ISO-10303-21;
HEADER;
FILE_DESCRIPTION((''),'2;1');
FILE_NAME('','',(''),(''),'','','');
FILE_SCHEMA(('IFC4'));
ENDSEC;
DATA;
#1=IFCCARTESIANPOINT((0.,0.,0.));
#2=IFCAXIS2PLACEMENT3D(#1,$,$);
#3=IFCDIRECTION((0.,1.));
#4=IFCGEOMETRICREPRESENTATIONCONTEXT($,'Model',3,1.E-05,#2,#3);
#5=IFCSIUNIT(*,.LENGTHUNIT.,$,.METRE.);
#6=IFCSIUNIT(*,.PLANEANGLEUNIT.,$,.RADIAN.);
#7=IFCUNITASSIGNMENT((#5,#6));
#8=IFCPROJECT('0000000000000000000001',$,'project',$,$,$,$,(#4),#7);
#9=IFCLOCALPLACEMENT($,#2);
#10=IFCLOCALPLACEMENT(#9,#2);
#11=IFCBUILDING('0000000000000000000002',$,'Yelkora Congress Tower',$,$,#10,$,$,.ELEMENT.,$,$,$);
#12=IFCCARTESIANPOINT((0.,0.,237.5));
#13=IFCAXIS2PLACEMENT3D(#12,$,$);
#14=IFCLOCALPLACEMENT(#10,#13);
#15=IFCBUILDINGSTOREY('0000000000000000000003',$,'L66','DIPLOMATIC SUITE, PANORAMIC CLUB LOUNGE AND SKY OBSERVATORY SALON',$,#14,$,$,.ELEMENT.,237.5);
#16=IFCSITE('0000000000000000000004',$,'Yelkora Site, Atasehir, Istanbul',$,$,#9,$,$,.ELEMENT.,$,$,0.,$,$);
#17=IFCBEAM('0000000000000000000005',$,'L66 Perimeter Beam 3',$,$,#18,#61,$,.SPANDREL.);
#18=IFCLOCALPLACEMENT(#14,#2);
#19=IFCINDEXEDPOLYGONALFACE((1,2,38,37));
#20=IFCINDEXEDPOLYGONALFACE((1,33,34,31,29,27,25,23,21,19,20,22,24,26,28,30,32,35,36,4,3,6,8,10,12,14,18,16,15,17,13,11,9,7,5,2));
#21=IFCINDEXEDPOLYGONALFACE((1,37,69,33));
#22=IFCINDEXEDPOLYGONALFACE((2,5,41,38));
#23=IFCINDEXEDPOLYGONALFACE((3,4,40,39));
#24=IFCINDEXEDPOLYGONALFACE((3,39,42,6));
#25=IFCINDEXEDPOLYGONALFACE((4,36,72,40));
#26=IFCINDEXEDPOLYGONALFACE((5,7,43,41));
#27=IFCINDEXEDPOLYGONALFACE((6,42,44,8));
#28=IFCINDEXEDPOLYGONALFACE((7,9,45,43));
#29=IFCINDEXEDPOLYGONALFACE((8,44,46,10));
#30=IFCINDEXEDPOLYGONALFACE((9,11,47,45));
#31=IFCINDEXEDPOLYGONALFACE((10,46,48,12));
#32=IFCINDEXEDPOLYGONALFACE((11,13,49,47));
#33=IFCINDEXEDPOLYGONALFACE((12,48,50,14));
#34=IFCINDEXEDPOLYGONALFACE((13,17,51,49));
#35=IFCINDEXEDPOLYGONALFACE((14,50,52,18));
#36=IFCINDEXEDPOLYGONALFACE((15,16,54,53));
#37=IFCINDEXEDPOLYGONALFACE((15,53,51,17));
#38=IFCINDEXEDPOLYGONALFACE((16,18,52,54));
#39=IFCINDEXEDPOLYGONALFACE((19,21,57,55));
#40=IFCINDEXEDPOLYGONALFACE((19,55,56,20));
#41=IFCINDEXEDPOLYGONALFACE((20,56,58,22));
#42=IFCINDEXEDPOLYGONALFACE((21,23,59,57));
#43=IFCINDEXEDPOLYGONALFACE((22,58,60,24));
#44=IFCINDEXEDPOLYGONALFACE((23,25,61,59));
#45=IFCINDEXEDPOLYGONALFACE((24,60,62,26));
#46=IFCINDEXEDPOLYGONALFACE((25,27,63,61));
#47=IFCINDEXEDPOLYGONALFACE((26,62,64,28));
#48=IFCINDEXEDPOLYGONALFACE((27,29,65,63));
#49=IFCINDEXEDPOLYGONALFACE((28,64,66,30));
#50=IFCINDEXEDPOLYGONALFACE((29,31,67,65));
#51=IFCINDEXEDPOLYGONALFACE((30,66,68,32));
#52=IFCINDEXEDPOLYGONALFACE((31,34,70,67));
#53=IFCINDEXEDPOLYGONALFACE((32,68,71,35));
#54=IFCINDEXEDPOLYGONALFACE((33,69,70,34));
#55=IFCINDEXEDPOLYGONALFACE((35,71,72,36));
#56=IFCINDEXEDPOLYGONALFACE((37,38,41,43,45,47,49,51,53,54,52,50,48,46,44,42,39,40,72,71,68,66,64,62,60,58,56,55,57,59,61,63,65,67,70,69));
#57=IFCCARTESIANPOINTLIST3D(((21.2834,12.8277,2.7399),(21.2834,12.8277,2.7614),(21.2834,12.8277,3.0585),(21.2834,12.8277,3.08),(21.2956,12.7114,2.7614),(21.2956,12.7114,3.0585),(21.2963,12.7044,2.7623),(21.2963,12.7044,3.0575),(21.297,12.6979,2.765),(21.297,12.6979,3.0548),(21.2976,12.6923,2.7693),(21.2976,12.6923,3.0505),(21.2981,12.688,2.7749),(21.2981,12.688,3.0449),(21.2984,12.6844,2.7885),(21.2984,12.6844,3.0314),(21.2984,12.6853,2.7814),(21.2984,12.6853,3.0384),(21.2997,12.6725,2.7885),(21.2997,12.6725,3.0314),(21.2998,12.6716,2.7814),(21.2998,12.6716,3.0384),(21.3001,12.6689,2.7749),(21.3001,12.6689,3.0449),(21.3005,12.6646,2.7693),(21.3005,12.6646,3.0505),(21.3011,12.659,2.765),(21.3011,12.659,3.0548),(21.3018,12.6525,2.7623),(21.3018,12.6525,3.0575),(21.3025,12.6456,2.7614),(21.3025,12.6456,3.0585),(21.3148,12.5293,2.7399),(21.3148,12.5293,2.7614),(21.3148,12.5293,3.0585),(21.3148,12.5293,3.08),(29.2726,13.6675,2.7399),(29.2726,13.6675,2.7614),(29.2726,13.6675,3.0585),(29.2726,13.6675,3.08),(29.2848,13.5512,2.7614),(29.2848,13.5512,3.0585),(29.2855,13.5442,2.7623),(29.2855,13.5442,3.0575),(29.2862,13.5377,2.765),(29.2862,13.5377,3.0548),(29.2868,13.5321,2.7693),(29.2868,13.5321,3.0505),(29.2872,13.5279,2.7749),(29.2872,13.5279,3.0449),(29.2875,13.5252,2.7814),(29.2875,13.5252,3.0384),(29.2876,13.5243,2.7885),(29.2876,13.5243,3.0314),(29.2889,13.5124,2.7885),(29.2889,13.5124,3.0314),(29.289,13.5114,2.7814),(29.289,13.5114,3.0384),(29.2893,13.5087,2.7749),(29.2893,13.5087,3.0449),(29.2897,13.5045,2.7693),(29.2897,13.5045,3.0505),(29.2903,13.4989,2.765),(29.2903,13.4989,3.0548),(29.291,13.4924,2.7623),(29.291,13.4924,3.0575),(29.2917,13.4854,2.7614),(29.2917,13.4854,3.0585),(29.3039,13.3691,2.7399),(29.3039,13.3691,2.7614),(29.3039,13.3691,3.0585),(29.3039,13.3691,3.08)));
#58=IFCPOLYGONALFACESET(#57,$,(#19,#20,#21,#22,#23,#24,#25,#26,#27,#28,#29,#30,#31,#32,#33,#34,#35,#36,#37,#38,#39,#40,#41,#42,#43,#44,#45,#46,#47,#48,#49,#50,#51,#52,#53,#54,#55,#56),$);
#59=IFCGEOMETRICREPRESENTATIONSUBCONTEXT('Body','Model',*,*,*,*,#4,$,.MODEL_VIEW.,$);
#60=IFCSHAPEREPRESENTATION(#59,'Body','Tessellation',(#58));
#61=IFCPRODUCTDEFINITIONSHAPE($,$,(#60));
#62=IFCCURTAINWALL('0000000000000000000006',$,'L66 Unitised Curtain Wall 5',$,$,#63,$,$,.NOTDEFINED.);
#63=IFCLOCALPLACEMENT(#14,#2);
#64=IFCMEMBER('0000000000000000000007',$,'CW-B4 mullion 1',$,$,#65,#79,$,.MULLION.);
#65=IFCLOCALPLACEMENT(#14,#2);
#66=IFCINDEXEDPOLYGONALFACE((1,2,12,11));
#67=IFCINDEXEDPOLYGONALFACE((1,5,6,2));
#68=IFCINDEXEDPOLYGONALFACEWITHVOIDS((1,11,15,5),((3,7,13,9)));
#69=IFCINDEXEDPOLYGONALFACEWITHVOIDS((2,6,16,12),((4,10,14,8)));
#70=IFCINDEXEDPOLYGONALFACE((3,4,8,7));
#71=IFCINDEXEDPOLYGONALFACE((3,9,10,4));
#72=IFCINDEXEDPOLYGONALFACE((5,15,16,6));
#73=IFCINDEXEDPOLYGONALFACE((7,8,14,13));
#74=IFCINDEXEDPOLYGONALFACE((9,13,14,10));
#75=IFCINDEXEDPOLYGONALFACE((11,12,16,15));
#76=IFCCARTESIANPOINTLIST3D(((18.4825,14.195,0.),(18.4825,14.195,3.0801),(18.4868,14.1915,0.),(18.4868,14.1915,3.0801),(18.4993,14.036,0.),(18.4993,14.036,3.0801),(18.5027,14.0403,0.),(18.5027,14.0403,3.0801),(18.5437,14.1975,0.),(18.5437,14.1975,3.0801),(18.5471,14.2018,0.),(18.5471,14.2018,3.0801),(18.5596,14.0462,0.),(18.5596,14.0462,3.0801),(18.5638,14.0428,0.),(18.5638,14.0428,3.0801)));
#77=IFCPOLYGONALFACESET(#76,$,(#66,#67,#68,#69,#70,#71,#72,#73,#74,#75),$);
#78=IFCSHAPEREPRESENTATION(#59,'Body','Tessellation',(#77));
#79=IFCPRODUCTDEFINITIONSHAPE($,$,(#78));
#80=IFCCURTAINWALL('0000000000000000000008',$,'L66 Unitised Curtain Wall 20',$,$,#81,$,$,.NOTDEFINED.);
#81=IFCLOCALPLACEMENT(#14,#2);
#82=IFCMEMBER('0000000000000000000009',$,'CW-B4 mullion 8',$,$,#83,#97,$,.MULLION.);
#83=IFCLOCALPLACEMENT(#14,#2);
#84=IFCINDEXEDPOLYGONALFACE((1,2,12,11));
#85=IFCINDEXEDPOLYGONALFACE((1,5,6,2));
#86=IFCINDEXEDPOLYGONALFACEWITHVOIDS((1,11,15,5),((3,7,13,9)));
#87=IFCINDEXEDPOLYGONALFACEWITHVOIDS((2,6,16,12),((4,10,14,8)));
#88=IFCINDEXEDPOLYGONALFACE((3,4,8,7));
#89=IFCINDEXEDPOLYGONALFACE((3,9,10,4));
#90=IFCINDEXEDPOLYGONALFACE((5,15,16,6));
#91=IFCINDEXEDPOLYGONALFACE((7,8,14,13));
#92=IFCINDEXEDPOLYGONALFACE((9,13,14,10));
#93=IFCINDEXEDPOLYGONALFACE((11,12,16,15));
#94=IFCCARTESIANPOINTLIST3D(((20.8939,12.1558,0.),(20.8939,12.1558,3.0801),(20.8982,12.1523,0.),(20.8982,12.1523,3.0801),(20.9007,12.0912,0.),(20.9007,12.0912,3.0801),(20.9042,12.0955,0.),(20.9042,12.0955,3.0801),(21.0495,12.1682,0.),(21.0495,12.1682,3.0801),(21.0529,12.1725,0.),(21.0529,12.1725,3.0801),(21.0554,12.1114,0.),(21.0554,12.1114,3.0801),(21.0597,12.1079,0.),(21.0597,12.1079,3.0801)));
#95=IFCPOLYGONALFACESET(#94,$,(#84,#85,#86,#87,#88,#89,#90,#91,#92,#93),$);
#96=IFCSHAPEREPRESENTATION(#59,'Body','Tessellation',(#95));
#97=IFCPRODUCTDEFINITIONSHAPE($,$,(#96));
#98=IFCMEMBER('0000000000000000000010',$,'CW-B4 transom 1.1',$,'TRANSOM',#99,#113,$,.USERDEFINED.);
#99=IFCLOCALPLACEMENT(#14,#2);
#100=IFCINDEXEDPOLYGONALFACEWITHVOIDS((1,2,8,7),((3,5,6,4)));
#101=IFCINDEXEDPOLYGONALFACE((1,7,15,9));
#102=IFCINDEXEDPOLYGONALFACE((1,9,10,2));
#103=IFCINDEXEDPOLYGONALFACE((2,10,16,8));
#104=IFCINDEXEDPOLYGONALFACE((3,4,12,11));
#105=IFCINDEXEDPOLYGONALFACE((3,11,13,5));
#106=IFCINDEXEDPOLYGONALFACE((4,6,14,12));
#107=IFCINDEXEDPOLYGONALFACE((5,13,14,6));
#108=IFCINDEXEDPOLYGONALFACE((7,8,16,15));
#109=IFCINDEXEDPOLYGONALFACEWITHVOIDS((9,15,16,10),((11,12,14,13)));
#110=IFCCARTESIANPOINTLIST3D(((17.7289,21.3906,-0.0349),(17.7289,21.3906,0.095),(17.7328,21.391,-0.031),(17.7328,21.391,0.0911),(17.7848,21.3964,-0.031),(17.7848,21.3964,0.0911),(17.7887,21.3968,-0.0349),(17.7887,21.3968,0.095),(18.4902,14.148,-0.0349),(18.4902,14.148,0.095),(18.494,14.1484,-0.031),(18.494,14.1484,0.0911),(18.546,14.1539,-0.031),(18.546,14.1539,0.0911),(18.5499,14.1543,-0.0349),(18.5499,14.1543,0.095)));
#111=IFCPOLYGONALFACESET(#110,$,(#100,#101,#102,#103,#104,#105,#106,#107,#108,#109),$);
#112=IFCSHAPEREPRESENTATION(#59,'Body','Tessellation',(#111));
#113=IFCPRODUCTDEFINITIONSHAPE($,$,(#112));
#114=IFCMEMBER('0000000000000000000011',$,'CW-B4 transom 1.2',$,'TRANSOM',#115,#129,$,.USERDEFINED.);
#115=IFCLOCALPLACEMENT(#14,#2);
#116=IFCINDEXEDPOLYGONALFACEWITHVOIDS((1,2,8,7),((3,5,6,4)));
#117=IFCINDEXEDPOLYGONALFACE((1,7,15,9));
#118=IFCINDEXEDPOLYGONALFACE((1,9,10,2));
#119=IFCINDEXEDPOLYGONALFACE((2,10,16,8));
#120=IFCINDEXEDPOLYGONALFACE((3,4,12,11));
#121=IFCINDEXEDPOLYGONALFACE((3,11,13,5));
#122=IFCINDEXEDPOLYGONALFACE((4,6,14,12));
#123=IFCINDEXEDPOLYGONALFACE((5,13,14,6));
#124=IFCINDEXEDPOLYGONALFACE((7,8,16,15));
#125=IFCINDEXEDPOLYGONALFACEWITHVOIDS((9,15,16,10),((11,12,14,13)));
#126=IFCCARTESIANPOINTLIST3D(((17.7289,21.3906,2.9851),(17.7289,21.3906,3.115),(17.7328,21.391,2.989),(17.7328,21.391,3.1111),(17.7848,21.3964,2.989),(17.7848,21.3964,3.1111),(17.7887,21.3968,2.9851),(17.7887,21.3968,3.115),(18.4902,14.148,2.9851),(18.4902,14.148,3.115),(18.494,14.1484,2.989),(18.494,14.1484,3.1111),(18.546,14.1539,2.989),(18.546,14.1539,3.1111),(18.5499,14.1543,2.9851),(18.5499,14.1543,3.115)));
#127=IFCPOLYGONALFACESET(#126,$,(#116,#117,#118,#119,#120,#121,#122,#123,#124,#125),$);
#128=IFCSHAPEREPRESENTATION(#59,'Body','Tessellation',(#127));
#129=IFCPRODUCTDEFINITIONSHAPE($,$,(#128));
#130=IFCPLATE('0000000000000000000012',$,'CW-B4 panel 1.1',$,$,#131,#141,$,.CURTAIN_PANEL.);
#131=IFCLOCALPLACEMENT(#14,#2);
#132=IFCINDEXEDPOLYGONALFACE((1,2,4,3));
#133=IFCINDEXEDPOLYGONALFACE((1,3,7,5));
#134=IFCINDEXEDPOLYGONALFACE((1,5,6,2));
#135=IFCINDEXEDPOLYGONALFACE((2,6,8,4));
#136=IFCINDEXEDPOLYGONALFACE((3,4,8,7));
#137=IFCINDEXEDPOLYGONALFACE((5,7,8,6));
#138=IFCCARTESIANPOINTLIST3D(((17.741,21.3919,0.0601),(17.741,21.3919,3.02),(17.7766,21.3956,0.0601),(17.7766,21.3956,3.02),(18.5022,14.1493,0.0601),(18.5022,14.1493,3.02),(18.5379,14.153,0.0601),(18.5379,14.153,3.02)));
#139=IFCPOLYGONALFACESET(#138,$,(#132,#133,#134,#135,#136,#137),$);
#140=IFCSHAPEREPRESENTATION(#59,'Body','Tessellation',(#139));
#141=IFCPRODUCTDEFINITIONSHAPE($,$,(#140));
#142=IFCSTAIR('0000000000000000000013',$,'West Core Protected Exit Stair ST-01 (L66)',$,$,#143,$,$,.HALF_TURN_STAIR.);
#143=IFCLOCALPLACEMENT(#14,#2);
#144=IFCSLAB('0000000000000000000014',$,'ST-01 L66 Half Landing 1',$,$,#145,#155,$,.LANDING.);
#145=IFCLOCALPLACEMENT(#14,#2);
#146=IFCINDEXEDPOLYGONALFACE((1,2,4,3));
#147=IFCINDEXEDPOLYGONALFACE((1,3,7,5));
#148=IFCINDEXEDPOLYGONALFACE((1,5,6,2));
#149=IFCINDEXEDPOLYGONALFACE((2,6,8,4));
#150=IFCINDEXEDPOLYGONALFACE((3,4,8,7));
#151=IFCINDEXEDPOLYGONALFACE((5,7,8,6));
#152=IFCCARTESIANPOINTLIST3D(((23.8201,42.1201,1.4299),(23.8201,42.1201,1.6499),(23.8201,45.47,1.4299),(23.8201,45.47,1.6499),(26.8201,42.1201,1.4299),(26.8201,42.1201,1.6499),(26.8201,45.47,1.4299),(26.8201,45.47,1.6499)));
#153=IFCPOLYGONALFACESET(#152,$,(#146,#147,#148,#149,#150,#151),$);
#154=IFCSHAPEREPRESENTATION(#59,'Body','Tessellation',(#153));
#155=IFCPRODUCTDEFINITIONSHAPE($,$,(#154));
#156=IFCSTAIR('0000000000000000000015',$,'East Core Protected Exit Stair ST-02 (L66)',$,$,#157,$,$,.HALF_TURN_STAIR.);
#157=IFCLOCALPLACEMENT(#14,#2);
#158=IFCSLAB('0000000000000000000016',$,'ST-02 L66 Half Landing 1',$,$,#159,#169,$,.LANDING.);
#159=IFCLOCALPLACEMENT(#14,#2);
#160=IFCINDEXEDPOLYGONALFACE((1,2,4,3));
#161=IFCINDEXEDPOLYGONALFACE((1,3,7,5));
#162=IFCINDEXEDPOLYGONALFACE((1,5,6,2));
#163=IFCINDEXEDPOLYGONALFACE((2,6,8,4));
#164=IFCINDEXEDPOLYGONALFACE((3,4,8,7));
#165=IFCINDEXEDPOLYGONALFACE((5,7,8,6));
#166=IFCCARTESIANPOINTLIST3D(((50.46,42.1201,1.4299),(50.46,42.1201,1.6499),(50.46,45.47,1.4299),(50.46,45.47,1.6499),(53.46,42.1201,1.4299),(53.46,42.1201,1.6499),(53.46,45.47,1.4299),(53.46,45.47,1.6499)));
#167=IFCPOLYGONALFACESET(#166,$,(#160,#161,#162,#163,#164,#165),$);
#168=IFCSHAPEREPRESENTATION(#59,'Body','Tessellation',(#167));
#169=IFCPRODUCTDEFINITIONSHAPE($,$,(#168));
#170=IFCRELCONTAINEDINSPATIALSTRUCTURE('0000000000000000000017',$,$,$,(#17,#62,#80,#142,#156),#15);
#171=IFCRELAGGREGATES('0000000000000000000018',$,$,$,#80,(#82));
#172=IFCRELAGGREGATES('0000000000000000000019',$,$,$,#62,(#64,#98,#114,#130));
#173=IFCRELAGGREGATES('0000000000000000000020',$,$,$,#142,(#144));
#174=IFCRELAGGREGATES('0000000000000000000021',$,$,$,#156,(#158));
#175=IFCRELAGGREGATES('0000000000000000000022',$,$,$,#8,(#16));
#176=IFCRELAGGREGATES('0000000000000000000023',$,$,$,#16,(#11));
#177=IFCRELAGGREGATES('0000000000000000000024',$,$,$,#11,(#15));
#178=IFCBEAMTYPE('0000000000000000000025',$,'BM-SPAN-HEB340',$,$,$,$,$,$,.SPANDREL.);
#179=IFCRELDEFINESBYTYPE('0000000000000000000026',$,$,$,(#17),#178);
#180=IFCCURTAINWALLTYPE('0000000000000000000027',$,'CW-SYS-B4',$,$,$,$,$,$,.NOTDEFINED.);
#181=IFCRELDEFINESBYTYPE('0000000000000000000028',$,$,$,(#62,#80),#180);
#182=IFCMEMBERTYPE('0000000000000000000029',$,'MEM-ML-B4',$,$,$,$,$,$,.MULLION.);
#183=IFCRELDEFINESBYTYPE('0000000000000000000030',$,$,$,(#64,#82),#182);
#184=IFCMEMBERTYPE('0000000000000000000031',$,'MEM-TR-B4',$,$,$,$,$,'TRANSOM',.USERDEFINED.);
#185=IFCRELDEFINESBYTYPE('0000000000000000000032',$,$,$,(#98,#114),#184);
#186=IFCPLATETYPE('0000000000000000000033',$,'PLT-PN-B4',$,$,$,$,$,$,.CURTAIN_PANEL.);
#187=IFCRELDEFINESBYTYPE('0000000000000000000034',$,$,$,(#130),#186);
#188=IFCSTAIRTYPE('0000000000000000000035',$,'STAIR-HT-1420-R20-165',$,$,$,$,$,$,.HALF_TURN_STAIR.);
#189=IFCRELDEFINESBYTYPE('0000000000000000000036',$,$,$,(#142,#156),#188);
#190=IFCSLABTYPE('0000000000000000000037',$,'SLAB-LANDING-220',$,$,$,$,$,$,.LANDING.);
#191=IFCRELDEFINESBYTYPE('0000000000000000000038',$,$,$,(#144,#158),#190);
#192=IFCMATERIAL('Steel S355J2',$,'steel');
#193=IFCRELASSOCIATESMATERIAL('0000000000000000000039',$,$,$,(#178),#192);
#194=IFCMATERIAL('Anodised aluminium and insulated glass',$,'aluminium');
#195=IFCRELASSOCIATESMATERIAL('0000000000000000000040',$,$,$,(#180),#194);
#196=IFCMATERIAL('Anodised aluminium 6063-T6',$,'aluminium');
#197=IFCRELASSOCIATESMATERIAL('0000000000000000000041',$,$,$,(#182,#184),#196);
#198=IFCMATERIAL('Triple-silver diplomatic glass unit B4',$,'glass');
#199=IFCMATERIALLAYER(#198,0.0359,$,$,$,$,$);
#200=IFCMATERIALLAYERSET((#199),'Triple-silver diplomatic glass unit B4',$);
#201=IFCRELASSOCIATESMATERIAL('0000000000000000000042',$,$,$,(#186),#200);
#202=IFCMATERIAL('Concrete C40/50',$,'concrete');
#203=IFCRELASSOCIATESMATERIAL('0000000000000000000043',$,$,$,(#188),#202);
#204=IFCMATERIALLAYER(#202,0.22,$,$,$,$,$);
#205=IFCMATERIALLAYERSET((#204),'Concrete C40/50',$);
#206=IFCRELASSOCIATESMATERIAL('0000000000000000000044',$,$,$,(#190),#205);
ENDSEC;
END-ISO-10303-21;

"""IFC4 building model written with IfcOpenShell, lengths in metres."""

from ifc_helpers import new_model, si_unit, direction, frame, origin, origin_2d, place, context, subcontext, project, spatial, polyline, rectangle, hollow_rectangle, i_section, outline, extrude, material, layer, layer_set, material_profile, profile_set, type_object, element, aggregate, save


model = new_model("IFC4")

# Units and contexts
model_context = context("Model", 3, precision=1e-05, world=origin(), true_north=direction((0.0, 1.0)))
body_context = subcontext(model_context, "Body", "Model", "MODEL_VIEW")
ifc_project = project(units=[si_unit("LENGTHUNIT", "METRE"), si_unit("PLANEANGLEUNIT", "RADIAN")], contexts=[model_context])

# Site, building, storey
site_placement = place(None, origin())
site = spatial("IfcSite", under=ifc_project, at=site_placement, Name="Yelkora Site, Atasehir, Istanbul", CompositionType="ELEMENT", RefElevation=0.0)
building_placement = place(site_placement, origin())
building = spatial("IfcBuilding", under=site, at=building_placement, Name="Yelkora Congress Tower", CompositionType="ELEMENT")
storey_placement = place(building_placement, frame((0.0, 0.0, 237.5)))
storey = spatial("IfcBuildingStorey", under=building, at=storey_placement, Name="L66", Description="DIPLOMATIC SUITE, PANORAMIC CLUB LOUNGE AND SKY OBSERVATORY SALON", CompositionType="ELEMENT", Elevation=237.5)

# Shared definitions
ifc_material_1 = material(Name="Steel S355J2", Category="steel")

# Beam
ifc_material_profile_1 = material_profile(ifc_material_1, i_section(OverallWidth=0.3, OverallDepth=0.3401, WebThickness=0.012, FlangeThickness=0.0215, FilletRadius=0.0271, at=origin_2d()), Name="HEB 340")
ifc_profile_set_1 = profile_set([ifc_material_profile_1], Name="Steel S355J2")
beam_type_1 = type_object("IfcBeamType", Name="BM-SPAN-HEB340", PredefinedType="SPANDREL", material=ifc_profile_set_1)
beam_1_placement = place(storey_placement, frame((21.2991, 12.6785, 2.9099), z_axis=(0.99452, 0.104546, 0.0), x_axis=(-0.104546, 0.99452, 0.0)))
element("IfcBeam", 1, at=beam_1_placement, inside=storey, type_object=beam_type_1, Name="L66 Perimeter Beam 3", PredefinedType="SPANDREL", context=body_context, shape_type="SweptSolid", body=[
    extrude(i_section(OverallWidth=0.3, OverallDepth=0.3401, WebThickness=0.012, FlangeThickness=0.0215, FilletRadius=0.0271, at=origin_2d()), origin(), (0.0, 0.0, 1.0), 8.0332),
])

# Curtain walls, members
ifc_material_2 = material(Name="Anodised aluminium and insulated glass", Category="aluminium")
curtain_wall_type = type_object("IfcCurtainWallType", Name="CW-SYS-B4", PredefinedType="NOTDEFINED", material=ifc_material_2)
curtain_wall_1_placement = place(storey_placement, origin())
curtain_wall_1 = element("IfcCurtainWall", 2, at=curtain_wall_1_placement, inside=storey, type_object=curtain_wall_type, Name="L66 Unitised Curtain Wall 5", PredefinedType="NOTDEFINED")
ifc_material_3 = material(Name="Anodised aluminium 6063-T6", Category="aluminium")
ifc_material_profile_2 = material_profile(ifc_material_3, hollow_rectangle(XDim=0.0649, YDim=0.1599, WallThickness=0.0039, at=origin_2d()), Name="ALU 65x160x4")
ifc_profile_set_2 = profile_set([ifc_material_profile_2], Name="Anodised aluminium 6063-T6")
member_type_1 = type_object("IfcMemberType", Name="MEM-ML-B4", PredefinedType="MULLION", material=ifc_profile_set_2)
member_1_placement = place(storey_placement, frame((18.5232, 14.1189, 0.0), z_axis=(0.0, 0.0, 1.0), x_axis=(-0.994522, -0.104526, 0.0)))
member_1 = element("IfcMember", 3, at=member_1_placement, type_object=member_type_1, Name="CW-B4 mullion 1", PredefinedType="MULLION", context=body_context, shape_type="SweptSolid", body=[
    extrude(hollow_rectangle(XDim=0.0649, YDim=0.1599, WallThickness=0.0039, at=origin_2d()), origin(), (0.0, 0.0, 1.0), 3.0801),
])
curtain_wall_2_placement = place(storey_placement, origin())
curtain_wall_2 = element("IfcCurtainWall", 4, at=curtain_wall_2_placement, inside=storey, type_object=curtain_wall_type, Name="L66 Unitised Curtain Wall 20", PredefinedType="NOTDEFINED")
member_2_placement = place(storey_placement, frame((20.9768, 12.1318, 0.0), z_axis=(0.0, 0.0, 1.0), x_axis=(0.104527, -0.994522, 0.0)))
member_2 = element("IfcMember", 5, at=member_2_placement, type_object=member_type_1, Name="CW-B4 mullion 8", PredefinedType="MULLION", context=body_context, shape_type="SweptSolid", body=[
    extrude(hollow_rectangle(XDim=0.0649, YDim=0.1599, WallThickness=0.0039, at=origin_2d()), origin(), (0.0, 0.0, 1.0), 3.0801),
])
aggregate(curtain_wall_2, [member_2])

# Members
ifc_material_profile_3 = material_profile(ifc_material_3, hollow_rectangle(XDim=0.0601, YDim=0.1299, WallThickness=0.0039, at=origin_2d()), Name="ALU 60x130x4")
ifc_profile_set_3 = profile_set([ifc_material_profile_3], Name="Anodised aluminium 6063-T6")
member_type_2 = type_object("IfcMemberType", Name="MEM-TR-B4", ElementType="TRANSOM", PredefinedType="USERDEFINED", material=ifc_profile_set_3)
member_3_placement = place(storey_placement, frame((18.52, 14.1511, 0.03), z_axis=(-0.104528, 0.994522, 0.0), x_axis=(-0.994522, -0.104528, 0.0)))
member_3 = element("IfcMember", 6, at=member_3_placement, type_object=member_type_2, Name="CW-B4 transom 1.1", ObjectType="TRANSOM", PredefinedType="USERDEFINED", context=body_context, shape_type="SweptSolid", body=[
    extrude(hollow_rectangle(XDim=0.0601, YDim=0.1299, WallThickness=0.0039, at=origin_2d()), origin(), (0.0, 0.0, 1.0), 7.2825),
])
member_4_placement = place(storey_placement, frame((18.52, 14.1511, 3.05), z_axis=(-0.104528, 0.994522, 0.0), x_axis=(-0.994522, -0.104528, 0.0)))
member_4 = element("IfcMember", 7, at=member_4_placement, type_object=member_type_2, Name="CW-B4 transom 1.2", ObjectType="TRANSOM", PredefinedType="USERDEFINED", context=body_context, shape_type="SweptSolid", body=[
    extrude(hollow_rectangle(XDim=0.0601, YDim=0.1299, WallThickness=0.0039, at=origin_2d()), origin(), (0.0, 0.0, 1.0), 7.2825),
])

# Plate
ifc_material_4 = material(Name="Triple-silver diplomatic glass unit B4", Category="glass")
ifc_layer_1 = layer(ifc_material_4, 0.0359)
ifc_layer_set_1 = layer_set([ifc_layer_1], Name="Triple-silver diplomatic glass unit B4")
plate_type = type_object("IfcPlateType", Name="PLT-PN-B4", PredefinedType="CURTAIN_PANEL", material=ifc_layer_set_1)
plate_placement = place(storey_placement, frame((18.1394, 17.7725, 0.0601), z_axis=(0.0, 0.0, 1.0), x_axis=(-0.104526, 0.994522, 0.0)))
plate = element("IfcPlate", 8, at=plate_placement, type_object=plate_type, Name="CW-B4 panel 1.1", PredefinedType="CURTAIN_PANEL", context=body_context, shape_type="SweptSolid", body=[
    extrude(rectangle(XDim=7.2825, YDim=0.0359, at=origin_2d()), origin(), (0.0, 0.0, 1.0), 2.96),
])
aggregate(curtain_wall_1, [member_1, member_3, member_4, plate])

# Stairs, slabs
ifc_material_5 = material(Name="Concrete C40/50", Category="concrete")
stair_type = type_object("IfcStairType", Name="STAIR-HT-1420-R20-165", PredefinedType="HALF_TURN_STAIR", material=ifc_material_5)
stair_1_placement = place(storey_placement, origin())
stair_1 = element("IfcStair", 9, at=stair_1_placement, inside=storey, type_object=stair_type, Name="West Core Protected Exit Stair ST-01 (L66)", PredefinedType="HALF_TURN_STAIR")
ifc_layer_2 = layer(ifc_material_5, 0.22)
ifc_layer_set_2 = layer_set([ifc_layer_2], Name="Concrete C40/50")
slab_type_1 = type_object("IfcSlabType", Name="SLAB-LANDING-220", PredefinedType="LANDING", material=ifc_layer_set_2)
slab_1_placement = place(storey_placement, frame((0.0, 0.0, 1.4299)))
slab_1 = element("IfcSlab", 10, at=slab_1_placement, type_object=slab_type_1, Name="ST-01 L66 Half Landing 1", PredefinedType="LANDING", context=body_context, shape_type="SweptSolid", body=[
    extrude(outline(polyline([(26.8201, 42.1201), (26.8201, 45.47), (23.8201, 45.47), (23.8201, 42.1201), (26.8201, 42.1201)])), origin(), (0.0, 0.0, 1.0), 0.22),
])
aggregate(stair_1, [slab_1])
stair_2_placement = place(storey_placement, origin())
stair_2 = element("IfcStair", 11, at=stair_2_placement, inside=storey, type_object=stair_type, Name="East Core Protected Exit Stair ST-02 (L66)", PredefinedType="HALF_TURN_STAIR")
slab_2_placement = place(storey_placement, frame((0.0, 0.0, 1.4299)))
slab_2 = element("IfcSlab", 12, at=slab_2_placement, type_object=slab_type_1, Name="ST-02 L66 Half Landing 1", PredefinedType="LANDING", context=body_context, shape_type="SweptSolid", body=[
    extrude(outline(polyline([(53.46, 42.1201), (53.46, 45.47), (50.46, 45.47), (50.46, 42.1201), (53.46, 42.1201)])), origin(), (0.0, 0.0, 1.0), 0.22),
])
aggregate(stair_2, [slab_2])

save(model, "model.ifc")
